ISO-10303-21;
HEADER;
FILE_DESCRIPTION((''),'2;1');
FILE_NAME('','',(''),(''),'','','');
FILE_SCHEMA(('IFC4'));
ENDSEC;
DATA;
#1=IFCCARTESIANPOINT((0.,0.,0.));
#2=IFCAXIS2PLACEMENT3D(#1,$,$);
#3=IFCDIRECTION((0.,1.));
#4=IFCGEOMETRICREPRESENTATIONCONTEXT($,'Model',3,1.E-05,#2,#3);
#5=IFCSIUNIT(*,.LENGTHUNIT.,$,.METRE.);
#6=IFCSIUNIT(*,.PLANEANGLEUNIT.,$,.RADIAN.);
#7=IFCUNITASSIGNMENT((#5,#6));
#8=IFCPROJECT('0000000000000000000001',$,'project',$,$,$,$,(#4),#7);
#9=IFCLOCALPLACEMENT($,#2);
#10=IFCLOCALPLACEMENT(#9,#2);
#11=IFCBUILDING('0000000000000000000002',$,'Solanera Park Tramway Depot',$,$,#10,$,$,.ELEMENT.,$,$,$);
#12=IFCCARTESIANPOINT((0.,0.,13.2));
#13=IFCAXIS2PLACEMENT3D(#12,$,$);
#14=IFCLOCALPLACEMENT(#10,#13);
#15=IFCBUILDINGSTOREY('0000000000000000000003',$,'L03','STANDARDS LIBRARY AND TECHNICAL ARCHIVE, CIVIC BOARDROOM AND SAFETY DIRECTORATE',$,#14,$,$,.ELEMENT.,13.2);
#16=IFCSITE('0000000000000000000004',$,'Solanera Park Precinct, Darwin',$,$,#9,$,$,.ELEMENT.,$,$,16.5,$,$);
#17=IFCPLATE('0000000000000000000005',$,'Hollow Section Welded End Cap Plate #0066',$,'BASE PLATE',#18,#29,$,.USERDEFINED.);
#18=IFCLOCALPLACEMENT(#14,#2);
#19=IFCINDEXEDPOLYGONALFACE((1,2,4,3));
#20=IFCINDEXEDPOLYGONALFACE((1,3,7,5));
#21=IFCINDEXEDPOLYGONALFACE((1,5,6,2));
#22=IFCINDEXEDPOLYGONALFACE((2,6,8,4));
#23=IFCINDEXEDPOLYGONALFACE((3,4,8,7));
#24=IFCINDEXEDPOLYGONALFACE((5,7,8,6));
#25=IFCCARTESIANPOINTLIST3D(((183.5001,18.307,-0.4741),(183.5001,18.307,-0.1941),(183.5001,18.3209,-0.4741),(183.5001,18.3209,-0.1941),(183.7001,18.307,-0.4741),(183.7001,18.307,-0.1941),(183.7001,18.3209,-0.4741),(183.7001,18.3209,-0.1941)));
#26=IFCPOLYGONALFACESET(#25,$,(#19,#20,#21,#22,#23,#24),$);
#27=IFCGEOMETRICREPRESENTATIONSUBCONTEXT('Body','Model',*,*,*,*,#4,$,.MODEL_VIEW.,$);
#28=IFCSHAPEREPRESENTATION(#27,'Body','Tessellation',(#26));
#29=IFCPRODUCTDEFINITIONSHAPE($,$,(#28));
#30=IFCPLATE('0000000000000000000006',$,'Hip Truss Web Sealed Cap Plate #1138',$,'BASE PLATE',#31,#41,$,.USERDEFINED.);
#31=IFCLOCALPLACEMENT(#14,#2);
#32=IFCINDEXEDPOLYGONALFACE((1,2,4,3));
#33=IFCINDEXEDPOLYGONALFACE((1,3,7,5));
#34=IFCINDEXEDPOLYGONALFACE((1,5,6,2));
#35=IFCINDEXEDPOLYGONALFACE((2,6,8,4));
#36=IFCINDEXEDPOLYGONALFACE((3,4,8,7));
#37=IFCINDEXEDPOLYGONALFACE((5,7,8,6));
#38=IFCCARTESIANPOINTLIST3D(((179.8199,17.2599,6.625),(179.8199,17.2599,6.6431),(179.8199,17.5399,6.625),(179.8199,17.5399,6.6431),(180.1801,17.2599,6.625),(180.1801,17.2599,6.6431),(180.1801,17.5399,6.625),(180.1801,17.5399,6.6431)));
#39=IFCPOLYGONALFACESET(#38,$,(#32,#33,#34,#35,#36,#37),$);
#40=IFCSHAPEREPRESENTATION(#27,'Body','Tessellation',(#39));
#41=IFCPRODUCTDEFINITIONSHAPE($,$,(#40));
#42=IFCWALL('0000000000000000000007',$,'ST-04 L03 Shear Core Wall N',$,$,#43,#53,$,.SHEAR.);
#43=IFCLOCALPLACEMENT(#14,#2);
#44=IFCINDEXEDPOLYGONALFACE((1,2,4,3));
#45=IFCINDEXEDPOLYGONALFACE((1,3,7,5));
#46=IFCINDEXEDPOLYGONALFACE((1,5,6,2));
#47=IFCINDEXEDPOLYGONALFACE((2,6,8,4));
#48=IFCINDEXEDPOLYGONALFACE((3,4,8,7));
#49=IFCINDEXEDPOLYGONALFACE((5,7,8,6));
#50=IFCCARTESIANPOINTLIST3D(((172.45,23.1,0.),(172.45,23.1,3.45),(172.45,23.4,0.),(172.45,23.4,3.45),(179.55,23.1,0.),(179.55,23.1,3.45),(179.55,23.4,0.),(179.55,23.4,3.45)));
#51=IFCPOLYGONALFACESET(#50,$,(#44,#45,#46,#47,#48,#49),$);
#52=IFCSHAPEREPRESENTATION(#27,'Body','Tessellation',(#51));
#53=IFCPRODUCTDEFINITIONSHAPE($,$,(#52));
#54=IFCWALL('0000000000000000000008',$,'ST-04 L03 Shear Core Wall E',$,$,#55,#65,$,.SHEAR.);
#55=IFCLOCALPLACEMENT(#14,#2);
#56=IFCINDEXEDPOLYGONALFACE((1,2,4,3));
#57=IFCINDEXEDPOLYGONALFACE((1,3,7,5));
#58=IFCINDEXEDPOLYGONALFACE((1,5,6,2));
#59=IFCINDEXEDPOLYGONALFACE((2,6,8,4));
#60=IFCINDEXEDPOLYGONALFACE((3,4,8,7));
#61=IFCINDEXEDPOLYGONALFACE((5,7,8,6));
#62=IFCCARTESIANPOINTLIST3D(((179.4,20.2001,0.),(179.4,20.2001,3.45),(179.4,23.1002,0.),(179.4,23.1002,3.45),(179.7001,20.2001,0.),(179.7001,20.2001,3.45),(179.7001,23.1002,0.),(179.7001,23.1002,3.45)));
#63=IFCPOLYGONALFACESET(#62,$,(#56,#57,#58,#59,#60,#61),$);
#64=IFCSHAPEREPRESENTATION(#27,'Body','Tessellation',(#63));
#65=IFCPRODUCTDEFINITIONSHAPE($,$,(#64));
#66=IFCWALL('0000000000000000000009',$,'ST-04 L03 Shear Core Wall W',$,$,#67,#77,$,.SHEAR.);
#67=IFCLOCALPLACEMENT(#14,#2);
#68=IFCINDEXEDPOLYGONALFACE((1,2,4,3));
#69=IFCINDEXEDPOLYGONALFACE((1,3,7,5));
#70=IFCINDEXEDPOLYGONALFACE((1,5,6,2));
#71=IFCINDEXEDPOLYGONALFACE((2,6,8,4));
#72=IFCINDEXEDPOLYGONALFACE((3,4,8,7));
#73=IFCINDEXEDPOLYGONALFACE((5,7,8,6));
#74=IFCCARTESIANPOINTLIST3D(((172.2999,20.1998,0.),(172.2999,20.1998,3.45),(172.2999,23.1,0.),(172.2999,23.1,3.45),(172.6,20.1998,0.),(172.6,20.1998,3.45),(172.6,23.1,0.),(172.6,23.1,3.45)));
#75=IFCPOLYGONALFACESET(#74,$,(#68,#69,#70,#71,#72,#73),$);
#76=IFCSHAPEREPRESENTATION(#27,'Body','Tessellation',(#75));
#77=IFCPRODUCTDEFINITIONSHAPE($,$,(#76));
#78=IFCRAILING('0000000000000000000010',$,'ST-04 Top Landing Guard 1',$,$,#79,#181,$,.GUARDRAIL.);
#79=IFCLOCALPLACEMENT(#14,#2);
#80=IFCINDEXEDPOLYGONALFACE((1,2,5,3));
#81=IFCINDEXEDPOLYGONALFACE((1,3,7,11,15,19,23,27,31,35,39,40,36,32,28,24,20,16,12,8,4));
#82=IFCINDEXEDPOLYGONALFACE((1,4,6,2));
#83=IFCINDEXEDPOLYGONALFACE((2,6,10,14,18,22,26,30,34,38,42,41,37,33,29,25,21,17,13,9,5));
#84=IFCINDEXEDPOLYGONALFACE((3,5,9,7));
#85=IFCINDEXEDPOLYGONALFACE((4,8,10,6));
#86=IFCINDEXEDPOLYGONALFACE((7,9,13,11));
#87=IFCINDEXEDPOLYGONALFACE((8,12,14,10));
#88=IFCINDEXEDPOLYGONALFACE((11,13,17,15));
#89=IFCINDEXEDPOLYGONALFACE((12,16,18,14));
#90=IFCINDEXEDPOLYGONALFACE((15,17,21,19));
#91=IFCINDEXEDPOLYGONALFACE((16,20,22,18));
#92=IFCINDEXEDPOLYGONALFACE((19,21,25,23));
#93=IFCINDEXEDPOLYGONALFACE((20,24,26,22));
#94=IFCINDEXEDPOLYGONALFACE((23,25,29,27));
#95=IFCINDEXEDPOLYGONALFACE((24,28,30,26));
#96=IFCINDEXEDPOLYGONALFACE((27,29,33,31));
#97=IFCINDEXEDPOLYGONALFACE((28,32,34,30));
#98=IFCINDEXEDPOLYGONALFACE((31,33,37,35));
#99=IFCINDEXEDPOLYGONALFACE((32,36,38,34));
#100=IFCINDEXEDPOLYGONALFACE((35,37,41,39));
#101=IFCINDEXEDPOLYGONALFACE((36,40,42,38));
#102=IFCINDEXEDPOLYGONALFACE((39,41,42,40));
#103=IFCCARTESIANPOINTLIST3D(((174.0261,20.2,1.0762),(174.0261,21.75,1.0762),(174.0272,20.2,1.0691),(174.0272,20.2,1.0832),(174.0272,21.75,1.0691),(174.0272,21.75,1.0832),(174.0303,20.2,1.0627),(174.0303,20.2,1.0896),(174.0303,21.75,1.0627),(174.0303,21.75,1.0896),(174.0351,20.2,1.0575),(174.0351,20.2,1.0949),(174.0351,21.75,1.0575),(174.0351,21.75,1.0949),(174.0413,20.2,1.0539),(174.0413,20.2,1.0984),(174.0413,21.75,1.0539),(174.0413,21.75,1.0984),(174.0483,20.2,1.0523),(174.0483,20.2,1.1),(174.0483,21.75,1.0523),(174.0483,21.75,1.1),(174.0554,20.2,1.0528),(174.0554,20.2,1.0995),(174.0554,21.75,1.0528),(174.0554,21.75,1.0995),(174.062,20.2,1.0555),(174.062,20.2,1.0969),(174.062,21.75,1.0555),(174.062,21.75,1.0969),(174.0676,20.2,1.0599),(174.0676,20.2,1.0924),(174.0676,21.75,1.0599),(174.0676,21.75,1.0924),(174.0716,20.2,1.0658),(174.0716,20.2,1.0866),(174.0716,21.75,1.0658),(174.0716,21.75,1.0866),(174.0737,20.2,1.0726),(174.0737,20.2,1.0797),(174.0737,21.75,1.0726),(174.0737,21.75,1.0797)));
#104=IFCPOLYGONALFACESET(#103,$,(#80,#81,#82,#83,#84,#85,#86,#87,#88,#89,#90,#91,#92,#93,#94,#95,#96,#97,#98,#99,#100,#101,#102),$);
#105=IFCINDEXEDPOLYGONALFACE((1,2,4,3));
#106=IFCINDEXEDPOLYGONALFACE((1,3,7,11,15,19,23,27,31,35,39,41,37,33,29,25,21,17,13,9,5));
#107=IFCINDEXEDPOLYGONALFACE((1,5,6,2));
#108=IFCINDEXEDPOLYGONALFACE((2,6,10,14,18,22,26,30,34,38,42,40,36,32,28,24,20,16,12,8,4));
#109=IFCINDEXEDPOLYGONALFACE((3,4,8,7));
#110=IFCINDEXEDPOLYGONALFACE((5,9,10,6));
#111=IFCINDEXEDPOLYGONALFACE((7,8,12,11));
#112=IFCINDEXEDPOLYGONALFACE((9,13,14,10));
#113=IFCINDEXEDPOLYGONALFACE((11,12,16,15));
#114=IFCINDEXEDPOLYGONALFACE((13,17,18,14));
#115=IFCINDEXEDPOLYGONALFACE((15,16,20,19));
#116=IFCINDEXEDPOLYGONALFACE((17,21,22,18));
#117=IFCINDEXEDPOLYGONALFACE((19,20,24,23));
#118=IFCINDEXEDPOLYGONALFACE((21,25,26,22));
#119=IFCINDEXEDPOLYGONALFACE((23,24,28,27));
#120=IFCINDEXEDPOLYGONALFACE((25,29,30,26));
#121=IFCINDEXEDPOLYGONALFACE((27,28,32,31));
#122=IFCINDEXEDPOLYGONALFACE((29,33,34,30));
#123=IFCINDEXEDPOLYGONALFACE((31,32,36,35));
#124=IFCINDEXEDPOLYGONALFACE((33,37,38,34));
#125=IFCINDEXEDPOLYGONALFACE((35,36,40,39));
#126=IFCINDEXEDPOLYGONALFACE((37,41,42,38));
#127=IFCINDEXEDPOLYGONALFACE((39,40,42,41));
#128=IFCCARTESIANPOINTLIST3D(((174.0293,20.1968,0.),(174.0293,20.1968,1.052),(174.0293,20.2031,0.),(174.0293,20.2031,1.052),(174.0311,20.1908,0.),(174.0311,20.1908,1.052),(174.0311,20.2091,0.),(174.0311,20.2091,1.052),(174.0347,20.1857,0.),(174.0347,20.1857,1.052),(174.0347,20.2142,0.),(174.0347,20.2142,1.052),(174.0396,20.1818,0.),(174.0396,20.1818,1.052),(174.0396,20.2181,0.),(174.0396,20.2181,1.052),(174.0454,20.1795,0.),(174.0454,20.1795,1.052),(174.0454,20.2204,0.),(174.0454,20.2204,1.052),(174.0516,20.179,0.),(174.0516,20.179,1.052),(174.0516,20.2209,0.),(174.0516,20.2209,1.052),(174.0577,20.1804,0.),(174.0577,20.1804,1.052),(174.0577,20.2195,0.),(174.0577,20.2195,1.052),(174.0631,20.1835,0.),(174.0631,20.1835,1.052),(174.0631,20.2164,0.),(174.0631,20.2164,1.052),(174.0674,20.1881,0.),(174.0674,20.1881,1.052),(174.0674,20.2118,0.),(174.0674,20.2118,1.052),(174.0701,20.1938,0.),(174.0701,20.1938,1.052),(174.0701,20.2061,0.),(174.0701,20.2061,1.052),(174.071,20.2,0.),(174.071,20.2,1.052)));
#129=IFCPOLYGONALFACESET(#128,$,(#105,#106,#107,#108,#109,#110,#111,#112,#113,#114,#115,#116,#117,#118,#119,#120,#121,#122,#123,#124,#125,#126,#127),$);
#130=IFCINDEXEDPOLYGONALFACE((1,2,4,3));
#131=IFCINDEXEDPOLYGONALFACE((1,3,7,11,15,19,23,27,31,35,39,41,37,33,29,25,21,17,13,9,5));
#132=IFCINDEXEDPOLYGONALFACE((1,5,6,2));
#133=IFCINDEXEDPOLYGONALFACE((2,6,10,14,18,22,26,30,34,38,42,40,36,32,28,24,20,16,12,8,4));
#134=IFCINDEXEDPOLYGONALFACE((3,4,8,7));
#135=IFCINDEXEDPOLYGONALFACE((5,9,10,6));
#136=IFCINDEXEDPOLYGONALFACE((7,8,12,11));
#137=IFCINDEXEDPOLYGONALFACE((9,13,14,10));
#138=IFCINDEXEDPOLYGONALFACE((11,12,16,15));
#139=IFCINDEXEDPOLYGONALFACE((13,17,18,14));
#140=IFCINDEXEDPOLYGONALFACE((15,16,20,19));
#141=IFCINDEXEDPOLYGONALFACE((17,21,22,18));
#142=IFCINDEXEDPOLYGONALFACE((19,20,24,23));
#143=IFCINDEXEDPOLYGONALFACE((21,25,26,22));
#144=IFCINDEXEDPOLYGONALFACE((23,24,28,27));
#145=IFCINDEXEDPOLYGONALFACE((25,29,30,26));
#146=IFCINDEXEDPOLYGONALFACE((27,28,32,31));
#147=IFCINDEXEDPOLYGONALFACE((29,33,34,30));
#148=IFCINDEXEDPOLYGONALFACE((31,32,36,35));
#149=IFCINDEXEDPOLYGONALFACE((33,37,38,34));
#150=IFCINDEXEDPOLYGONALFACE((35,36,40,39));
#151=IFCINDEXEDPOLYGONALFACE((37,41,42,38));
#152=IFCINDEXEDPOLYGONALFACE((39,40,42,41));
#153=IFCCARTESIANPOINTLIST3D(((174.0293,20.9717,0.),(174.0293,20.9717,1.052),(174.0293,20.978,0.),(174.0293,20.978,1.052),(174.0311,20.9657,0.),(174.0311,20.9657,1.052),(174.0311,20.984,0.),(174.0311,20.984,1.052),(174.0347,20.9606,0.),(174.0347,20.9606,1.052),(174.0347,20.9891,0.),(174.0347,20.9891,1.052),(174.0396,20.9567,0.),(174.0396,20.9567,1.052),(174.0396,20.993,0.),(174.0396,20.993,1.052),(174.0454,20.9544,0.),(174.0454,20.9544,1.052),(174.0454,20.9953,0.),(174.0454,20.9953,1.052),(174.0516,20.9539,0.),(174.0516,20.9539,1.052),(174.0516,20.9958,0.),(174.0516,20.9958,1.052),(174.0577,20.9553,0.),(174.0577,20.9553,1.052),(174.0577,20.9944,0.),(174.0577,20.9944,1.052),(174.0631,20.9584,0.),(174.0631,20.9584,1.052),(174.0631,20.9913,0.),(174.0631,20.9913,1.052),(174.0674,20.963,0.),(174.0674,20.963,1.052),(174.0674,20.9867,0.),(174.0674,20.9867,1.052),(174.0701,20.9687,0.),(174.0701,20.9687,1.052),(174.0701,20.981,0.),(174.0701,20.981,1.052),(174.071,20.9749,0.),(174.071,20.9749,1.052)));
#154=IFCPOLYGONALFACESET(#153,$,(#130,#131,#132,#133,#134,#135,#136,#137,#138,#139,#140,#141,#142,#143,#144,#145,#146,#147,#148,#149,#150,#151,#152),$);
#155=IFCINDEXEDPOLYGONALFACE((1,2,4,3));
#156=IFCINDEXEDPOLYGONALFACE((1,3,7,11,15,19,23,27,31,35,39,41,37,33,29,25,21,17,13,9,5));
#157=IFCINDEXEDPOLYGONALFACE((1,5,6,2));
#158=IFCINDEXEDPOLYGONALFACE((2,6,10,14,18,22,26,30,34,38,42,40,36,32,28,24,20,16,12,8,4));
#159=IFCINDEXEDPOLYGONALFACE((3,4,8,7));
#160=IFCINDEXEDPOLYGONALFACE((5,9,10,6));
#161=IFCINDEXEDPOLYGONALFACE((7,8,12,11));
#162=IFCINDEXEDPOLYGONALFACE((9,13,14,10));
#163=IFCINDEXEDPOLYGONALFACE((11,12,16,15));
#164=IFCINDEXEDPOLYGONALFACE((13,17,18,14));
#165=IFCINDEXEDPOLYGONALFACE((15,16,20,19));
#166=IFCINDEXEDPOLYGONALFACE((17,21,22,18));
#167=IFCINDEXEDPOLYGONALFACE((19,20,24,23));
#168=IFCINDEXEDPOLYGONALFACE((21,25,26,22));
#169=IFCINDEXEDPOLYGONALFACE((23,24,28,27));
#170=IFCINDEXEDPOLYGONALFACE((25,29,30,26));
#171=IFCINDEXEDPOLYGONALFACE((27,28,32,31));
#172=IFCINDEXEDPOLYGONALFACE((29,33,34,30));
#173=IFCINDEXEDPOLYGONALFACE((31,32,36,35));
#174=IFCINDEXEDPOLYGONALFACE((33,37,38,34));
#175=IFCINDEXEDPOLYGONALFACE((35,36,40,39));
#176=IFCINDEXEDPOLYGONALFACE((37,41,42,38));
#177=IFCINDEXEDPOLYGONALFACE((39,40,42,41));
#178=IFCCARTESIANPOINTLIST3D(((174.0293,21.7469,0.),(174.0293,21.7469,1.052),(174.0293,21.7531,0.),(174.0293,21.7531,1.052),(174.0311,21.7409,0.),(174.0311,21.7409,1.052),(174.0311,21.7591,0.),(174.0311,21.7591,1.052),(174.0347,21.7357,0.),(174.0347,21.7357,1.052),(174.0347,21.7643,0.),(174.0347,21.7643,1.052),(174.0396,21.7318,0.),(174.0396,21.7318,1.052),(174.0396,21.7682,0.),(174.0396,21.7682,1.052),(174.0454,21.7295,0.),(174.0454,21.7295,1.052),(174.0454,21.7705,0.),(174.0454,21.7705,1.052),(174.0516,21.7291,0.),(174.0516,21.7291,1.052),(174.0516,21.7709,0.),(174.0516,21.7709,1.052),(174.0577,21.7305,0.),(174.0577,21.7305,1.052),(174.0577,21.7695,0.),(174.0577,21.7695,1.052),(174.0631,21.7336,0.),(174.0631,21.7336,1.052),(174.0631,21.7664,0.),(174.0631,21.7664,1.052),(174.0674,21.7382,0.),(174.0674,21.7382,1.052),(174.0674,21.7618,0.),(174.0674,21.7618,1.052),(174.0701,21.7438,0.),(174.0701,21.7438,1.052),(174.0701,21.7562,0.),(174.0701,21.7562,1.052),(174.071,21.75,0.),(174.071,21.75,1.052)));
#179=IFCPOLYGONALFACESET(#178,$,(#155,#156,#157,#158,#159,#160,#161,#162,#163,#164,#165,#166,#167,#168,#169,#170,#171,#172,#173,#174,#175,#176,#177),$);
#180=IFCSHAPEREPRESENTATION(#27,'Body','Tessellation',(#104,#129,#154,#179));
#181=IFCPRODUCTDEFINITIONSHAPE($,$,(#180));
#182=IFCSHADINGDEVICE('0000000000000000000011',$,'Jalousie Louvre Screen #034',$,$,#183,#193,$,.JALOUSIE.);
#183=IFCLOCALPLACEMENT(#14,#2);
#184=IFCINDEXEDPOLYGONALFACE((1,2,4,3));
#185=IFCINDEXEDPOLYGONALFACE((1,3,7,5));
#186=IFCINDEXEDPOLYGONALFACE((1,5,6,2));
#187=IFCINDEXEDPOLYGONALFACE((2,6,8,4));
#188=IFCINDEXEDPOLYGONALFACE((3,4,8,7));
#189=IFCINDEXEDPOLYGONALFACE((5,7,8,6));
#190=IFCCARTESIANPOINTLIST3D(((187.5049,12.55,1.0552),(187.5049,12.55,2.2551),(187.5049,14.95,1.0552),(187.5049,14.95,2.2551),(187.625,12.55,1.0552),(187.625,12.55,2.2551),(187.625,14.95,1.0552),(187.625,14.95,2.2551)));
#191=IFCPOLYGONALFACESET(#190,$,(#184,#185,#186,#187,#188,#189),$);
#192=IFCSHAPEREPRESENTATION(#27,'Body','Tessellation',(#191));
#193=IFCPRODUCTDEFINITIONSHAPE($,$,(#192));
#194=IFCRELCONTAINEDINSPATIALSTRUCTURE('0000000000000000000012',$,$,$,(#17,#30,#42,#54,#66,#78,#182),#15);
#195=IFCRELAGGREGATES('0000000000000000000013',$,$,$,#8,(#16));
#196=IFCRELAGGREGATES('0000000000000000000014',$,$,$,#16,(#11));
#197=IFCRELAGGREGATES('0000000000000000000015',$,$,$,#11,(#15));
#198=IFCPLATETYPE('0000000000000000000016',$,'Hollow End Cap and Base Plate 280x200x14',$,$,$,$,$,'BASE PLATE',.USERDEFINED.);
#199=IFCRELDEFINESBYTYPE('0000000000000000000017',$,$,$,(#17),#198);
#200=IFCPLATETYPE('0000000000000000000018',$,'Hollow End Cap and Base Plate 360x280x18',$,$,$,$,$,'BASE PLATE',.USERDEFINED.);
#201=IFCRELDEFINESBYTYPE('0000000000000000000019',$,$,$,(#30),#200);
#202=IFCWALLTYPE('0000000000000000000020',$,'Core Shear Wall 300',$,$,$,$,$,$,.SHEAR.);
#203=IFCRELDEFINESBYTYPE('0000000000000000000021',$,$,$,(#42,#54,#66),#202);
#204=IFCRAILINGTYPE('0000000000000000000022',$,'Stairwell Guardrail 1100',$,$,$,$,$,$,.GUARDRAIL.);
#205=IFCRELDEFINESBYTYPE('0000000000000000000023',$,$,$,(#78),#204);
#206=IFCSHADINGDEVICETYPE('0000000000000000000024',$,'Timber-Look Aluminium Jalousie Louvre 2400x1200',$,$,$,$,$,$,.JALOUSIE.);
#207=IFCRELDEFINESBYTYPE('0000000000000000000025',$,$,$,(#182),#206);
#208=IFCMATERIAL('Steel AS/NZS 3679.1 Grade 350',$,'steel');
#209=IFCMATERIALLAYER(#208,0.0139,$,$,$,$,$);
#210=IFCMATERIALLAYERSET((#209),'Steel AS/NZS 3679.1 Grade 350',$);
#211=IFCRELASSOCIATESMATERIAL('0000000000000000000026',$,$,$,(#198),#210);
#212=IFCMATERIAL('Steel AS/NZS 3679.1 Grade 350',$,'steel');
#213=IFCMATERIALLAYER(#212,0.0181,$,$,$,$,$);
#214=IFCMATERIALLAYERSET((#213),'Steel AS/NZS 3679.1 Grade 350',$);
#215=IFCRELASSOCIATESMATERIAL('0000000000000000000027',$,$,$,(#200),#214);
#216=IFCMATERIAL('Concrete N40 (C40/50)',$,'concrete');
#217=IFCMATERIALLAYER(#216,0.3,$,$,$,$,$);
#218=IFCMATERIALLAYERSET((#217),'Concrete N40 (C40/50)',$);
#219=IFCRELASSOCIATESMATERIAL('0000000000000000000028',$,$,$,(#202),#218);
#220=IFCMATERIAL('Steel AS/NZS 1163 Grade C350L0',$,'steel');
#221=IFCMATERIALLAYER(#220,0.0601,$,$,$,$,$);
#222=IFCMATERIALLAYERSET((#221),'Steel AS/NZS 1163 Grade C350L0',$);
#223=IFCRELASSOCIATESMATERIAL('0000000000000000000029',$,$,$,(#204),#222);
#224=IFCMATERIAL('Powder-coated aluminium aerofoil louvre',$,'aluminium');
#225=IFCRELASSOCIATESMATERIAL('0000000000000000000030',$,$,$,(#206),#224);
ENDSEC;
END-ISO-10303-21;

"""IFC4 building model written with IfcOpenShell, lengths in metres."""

from ifc_helpers import new_model, si_unit, direction, frame, frame_2d, origin, origin_2d, place, context, subcontext, project, spatial, rectangle, circle, extrude, material, layer, layer_set, type_object, element, save


model = new_model("IFC4")

# Units and contexts
model_context = context("Model", 3, precision=1e-05, world=origin(), true_north=direction((0.0, 1.0)))
body_context = subcontext(model_context, "Body", "Model", "MODEL_VIEW")
ifc_project = project(units=[si_unit("LENGTHUNIT", "METRE"), si_unit("PLANEANGLEUNIT", "RADIAN")], contexts=[model_context])

# Site, building, storey
site_placement = place(None, origin())
site = spatial("IfcSite", under=ifc_project, at=site_placement, Name="Solanera Park Precinct, Darwin", CompositionType="ELEMENT", RefElevation=16.5)
building_placement = place(site_placement, origin())
building = spatial("IfcBuilding", under=site, at=building_placement, Name="Solanera Park Tramway Depot", CompositionType="ELEMENT")
storey_placement = place(building_placement, frame((0.0, 0.0, 13.2)))
storey = spatial("IfcBuildingStorey", under=building, at=storey_placement, Name="L03", Description="STANDARDS LIBRARY AND TECHNICAL ARCHIVE, CIVIC BOARDROOM AND SAFETY DIRECTORATE", CompositionType="ELEMENT", Elevation=13.2)

# Plates
ifc_material_1 = material(Name="Steel AS/NZS 3679.1 Grade 350", Category="steel")
ifc_layer_1 = layer(ifc_material_1, 0.0139)
ifc_layer_set_1 = layer_set([ifc_layer_1], Name="Steel AS/NZS 3679.1 Grade 350")
plate_type_1 = type_object("IfcPlateType", Name="Hollow End Cap and Base Plate 280x200x14", ElementType="BASE PLATE", PredefinedType="USERDEFINED", material=ifc_layer_set_1)
plate_1_placement = place(storey_placement, frame((183.6001, 18.314, -0.4741), z_axis=(0.0, 0.0, 1.0), x_axis=(0.0, 1.0, 0.0)))
element("IfcPlate", 1, at=plate_1_placement, inside=storey, type_object=plate_type_1, Name="Hollow Section Welded End Cap Plate #0066", ObjectType="BASE PLATE", PredefinedType="USERDEFINED", context=body_context, shape_type="SweptSolid", body=[
    extrude(rectangle(XDim=0.0139, YDim=0.2, at=origin_2d()), origin(), (0.0, 0.0, 1.0), 0.28),
])
ifc_material_2 = material(Name="Steel AS/NZS 3679.1 Grade 350", Category="steel")
ifc_layer_2 = layer(ifc_material_2, 0.0181)
ifc_layer_set_2 = layer_set([ifc_layer_2], Name="Steel AS/NZS 3679.1 Grade 350")
plate_type_2 = type_object("IfcPlateType", Name="Hollow End Cap and Base Plate 360x280x18", ElementType="BASE PLATE", PredefinedType="USERDEFINED", material=ifc_layer_set_2)
plate_2_placement = place(storey_placement, frame((180.0, 17.3999, 6.625), z_axis=(0.0, 0.0, 1.0), x_axis=(1.0, 0.0, 0.0)))
element("IfcPlate", 2, at=plate_2_placement, inside=storey, type_object=plate_type_2, Name="Hip Truss Web Sealed Cap Plate #1138", ObjectType="BASE PLATE", PredefinedType="USERDEFINED", context=body_context, shape_type="SweptSolid", body=[
    extrude(rectangle(XDim=0.3601, YDim=0.28, at=origin_2d()), origin(), (0.0, 0.0, 1.0), 0.0181),
])

# Shared definitions
ifc_material_3 = material(Name="Concrete N40 (C40/50)", Category="concrete")
ifc_layer_3 = layer(ifc_material_3, 0.3)
ifc_layer_set_3 = layer_set([ifc_layer_3], Name="Concrete N40 (C40/50)")
wall_type_1 = type_object("IfcWallType", Name="Core Shear Wall 300", PredefinedType="SHEAR", material=ifc_layer_set_3)

# Walls
wall_1_placement = place(storey_placement, frame((179.55, 23.25, 0.0), z_axis=(0.0, 0.0, 1.0), x_axis=(-1.0, 0.0, 0.0)))
element("IfcWall", 3, at=wall_1_placement, inside=storey, type_object=wall_type_1, Name="ST-04 L03 Shear Core Wall N", PredefinedType="SHEAR", context=body_context, shape_type="SweptSolid", body=[
    extrude(rectangle(XDim=7.1001, YDim=0.3, at=frame_2d((3.55, 0.0))), origin(), (0.0, 0.0, 1.0), 3.45),
])
for number, where, z_axis, x_axis, name in (
    (4, (179.55, 20.2, 0.0), (0.0, 0.0, 1.0), (0.0, 1.0, 0.0), "ST-04 L03 Shear Core Wall E"),
    (5, (172.45, 23.1001, 0.0), (0.0, 0.0, 1.0), (0.0, -1.0, 0.0), "ST-04 L03 Shear Core Wall W"),
):
    element("IfcWall", number, at=place(storey_placement, frame(where, z_axis=z_axis, x_axis=x_axis)), inside=storey, type_object=wall_type_1, Name=name, PredefinedType="SHEAR", context=body_context, shape_type="SweptSolid", body=[
        extrude(rectangle(XDim=2.9001, YDim=0.3, at=frame_2d((1.4502, 0.0))), origin(), (0.0, 0.0, 1.0), 3.45),
    ])

# Railing
ifc_material_4 = material(Name="Steel AS/NZS 1163 Grade C350L0", Category="steel")
ifc_layer_4 = layer(ifc_material_4, 0.0601)
ifc_layer_set_4 = layer_set([ifc_layer_4], Name="Steel AS/NZS 1163 Grade C350L0")
railing_type = type_object("IfcRailingType", Name="Stairwell Guardrail 1100", PredefinedType="GUARDRAIL", material=ifc_layer_set_4)
railing_placement = place(storey_placement, frame((174.05, 20.2, 0.0)))
element("IfcRailing", 6, at=railing_placement, inside=storey, type_object=railing_type, Name="ST-04 Top Landing Guard 1", PredefinedType="GUARDRAIL", context=body_context, shape_type="SweptSolid", body=[
    extrude(circle(Radius=0.0239, at=origin_2d()), frame((0.0, 0.0, 1.0762), z_axis=(0.0, 1.0, 0.0), x_axis=(-1.0, 0.0, 0.0)), (0.0, 0.0, 1.0), 1.55),
    extrude(circle(Radius=0.021, at=origin_2d()), origin(), (0.0, 0.0, 1.0), 1.052),
    extrude(circle(Radius=0.021, at=origin_2d()), frame((0.0, 0.7749, 0.0)), (0.0, 0.0, 1.0), 1.052),
    extrude(circle(Radius=0.021, at=origin_2d()), frame((0.0, 1.55, 0.0)), (0.0, 0.0, 1.0), 1.052),
])

# Shading device
ifc_material_5 = material(Name="Powder-coated aluminium aerofoil louvre", Category="aluminium")
shading_device_type = type_object("IfcShadingDeviceType", Name="Timber-Look Aluminium Jalousie Louvre 2400x1200", PredefinedType="JALOUSIE", material=ifc_material_5)
shading_device_placement = place(storey_placement, frame((187.5649, 13.75, 1.0552), z_axis=(0.0, 0.0, 1.0), x_axis=(0.0, 1.0, 0.0)))
element("IfcShadingDevice", 7, at=shading_device_placement, inside=storey, type_object=shading_device_type, Name="Jalousie Louvre Screen #034", PredefinedType="JALOUSIE", context=body_context, shape_type="SweptSolid", body=[
    extrude(rectangle(XDim=2.3999, YDim=0.1201, at=origin_2d()), origin(), (0.0, 0.0, 1.0), 1.2),
])

save(model, "model.ifc")
